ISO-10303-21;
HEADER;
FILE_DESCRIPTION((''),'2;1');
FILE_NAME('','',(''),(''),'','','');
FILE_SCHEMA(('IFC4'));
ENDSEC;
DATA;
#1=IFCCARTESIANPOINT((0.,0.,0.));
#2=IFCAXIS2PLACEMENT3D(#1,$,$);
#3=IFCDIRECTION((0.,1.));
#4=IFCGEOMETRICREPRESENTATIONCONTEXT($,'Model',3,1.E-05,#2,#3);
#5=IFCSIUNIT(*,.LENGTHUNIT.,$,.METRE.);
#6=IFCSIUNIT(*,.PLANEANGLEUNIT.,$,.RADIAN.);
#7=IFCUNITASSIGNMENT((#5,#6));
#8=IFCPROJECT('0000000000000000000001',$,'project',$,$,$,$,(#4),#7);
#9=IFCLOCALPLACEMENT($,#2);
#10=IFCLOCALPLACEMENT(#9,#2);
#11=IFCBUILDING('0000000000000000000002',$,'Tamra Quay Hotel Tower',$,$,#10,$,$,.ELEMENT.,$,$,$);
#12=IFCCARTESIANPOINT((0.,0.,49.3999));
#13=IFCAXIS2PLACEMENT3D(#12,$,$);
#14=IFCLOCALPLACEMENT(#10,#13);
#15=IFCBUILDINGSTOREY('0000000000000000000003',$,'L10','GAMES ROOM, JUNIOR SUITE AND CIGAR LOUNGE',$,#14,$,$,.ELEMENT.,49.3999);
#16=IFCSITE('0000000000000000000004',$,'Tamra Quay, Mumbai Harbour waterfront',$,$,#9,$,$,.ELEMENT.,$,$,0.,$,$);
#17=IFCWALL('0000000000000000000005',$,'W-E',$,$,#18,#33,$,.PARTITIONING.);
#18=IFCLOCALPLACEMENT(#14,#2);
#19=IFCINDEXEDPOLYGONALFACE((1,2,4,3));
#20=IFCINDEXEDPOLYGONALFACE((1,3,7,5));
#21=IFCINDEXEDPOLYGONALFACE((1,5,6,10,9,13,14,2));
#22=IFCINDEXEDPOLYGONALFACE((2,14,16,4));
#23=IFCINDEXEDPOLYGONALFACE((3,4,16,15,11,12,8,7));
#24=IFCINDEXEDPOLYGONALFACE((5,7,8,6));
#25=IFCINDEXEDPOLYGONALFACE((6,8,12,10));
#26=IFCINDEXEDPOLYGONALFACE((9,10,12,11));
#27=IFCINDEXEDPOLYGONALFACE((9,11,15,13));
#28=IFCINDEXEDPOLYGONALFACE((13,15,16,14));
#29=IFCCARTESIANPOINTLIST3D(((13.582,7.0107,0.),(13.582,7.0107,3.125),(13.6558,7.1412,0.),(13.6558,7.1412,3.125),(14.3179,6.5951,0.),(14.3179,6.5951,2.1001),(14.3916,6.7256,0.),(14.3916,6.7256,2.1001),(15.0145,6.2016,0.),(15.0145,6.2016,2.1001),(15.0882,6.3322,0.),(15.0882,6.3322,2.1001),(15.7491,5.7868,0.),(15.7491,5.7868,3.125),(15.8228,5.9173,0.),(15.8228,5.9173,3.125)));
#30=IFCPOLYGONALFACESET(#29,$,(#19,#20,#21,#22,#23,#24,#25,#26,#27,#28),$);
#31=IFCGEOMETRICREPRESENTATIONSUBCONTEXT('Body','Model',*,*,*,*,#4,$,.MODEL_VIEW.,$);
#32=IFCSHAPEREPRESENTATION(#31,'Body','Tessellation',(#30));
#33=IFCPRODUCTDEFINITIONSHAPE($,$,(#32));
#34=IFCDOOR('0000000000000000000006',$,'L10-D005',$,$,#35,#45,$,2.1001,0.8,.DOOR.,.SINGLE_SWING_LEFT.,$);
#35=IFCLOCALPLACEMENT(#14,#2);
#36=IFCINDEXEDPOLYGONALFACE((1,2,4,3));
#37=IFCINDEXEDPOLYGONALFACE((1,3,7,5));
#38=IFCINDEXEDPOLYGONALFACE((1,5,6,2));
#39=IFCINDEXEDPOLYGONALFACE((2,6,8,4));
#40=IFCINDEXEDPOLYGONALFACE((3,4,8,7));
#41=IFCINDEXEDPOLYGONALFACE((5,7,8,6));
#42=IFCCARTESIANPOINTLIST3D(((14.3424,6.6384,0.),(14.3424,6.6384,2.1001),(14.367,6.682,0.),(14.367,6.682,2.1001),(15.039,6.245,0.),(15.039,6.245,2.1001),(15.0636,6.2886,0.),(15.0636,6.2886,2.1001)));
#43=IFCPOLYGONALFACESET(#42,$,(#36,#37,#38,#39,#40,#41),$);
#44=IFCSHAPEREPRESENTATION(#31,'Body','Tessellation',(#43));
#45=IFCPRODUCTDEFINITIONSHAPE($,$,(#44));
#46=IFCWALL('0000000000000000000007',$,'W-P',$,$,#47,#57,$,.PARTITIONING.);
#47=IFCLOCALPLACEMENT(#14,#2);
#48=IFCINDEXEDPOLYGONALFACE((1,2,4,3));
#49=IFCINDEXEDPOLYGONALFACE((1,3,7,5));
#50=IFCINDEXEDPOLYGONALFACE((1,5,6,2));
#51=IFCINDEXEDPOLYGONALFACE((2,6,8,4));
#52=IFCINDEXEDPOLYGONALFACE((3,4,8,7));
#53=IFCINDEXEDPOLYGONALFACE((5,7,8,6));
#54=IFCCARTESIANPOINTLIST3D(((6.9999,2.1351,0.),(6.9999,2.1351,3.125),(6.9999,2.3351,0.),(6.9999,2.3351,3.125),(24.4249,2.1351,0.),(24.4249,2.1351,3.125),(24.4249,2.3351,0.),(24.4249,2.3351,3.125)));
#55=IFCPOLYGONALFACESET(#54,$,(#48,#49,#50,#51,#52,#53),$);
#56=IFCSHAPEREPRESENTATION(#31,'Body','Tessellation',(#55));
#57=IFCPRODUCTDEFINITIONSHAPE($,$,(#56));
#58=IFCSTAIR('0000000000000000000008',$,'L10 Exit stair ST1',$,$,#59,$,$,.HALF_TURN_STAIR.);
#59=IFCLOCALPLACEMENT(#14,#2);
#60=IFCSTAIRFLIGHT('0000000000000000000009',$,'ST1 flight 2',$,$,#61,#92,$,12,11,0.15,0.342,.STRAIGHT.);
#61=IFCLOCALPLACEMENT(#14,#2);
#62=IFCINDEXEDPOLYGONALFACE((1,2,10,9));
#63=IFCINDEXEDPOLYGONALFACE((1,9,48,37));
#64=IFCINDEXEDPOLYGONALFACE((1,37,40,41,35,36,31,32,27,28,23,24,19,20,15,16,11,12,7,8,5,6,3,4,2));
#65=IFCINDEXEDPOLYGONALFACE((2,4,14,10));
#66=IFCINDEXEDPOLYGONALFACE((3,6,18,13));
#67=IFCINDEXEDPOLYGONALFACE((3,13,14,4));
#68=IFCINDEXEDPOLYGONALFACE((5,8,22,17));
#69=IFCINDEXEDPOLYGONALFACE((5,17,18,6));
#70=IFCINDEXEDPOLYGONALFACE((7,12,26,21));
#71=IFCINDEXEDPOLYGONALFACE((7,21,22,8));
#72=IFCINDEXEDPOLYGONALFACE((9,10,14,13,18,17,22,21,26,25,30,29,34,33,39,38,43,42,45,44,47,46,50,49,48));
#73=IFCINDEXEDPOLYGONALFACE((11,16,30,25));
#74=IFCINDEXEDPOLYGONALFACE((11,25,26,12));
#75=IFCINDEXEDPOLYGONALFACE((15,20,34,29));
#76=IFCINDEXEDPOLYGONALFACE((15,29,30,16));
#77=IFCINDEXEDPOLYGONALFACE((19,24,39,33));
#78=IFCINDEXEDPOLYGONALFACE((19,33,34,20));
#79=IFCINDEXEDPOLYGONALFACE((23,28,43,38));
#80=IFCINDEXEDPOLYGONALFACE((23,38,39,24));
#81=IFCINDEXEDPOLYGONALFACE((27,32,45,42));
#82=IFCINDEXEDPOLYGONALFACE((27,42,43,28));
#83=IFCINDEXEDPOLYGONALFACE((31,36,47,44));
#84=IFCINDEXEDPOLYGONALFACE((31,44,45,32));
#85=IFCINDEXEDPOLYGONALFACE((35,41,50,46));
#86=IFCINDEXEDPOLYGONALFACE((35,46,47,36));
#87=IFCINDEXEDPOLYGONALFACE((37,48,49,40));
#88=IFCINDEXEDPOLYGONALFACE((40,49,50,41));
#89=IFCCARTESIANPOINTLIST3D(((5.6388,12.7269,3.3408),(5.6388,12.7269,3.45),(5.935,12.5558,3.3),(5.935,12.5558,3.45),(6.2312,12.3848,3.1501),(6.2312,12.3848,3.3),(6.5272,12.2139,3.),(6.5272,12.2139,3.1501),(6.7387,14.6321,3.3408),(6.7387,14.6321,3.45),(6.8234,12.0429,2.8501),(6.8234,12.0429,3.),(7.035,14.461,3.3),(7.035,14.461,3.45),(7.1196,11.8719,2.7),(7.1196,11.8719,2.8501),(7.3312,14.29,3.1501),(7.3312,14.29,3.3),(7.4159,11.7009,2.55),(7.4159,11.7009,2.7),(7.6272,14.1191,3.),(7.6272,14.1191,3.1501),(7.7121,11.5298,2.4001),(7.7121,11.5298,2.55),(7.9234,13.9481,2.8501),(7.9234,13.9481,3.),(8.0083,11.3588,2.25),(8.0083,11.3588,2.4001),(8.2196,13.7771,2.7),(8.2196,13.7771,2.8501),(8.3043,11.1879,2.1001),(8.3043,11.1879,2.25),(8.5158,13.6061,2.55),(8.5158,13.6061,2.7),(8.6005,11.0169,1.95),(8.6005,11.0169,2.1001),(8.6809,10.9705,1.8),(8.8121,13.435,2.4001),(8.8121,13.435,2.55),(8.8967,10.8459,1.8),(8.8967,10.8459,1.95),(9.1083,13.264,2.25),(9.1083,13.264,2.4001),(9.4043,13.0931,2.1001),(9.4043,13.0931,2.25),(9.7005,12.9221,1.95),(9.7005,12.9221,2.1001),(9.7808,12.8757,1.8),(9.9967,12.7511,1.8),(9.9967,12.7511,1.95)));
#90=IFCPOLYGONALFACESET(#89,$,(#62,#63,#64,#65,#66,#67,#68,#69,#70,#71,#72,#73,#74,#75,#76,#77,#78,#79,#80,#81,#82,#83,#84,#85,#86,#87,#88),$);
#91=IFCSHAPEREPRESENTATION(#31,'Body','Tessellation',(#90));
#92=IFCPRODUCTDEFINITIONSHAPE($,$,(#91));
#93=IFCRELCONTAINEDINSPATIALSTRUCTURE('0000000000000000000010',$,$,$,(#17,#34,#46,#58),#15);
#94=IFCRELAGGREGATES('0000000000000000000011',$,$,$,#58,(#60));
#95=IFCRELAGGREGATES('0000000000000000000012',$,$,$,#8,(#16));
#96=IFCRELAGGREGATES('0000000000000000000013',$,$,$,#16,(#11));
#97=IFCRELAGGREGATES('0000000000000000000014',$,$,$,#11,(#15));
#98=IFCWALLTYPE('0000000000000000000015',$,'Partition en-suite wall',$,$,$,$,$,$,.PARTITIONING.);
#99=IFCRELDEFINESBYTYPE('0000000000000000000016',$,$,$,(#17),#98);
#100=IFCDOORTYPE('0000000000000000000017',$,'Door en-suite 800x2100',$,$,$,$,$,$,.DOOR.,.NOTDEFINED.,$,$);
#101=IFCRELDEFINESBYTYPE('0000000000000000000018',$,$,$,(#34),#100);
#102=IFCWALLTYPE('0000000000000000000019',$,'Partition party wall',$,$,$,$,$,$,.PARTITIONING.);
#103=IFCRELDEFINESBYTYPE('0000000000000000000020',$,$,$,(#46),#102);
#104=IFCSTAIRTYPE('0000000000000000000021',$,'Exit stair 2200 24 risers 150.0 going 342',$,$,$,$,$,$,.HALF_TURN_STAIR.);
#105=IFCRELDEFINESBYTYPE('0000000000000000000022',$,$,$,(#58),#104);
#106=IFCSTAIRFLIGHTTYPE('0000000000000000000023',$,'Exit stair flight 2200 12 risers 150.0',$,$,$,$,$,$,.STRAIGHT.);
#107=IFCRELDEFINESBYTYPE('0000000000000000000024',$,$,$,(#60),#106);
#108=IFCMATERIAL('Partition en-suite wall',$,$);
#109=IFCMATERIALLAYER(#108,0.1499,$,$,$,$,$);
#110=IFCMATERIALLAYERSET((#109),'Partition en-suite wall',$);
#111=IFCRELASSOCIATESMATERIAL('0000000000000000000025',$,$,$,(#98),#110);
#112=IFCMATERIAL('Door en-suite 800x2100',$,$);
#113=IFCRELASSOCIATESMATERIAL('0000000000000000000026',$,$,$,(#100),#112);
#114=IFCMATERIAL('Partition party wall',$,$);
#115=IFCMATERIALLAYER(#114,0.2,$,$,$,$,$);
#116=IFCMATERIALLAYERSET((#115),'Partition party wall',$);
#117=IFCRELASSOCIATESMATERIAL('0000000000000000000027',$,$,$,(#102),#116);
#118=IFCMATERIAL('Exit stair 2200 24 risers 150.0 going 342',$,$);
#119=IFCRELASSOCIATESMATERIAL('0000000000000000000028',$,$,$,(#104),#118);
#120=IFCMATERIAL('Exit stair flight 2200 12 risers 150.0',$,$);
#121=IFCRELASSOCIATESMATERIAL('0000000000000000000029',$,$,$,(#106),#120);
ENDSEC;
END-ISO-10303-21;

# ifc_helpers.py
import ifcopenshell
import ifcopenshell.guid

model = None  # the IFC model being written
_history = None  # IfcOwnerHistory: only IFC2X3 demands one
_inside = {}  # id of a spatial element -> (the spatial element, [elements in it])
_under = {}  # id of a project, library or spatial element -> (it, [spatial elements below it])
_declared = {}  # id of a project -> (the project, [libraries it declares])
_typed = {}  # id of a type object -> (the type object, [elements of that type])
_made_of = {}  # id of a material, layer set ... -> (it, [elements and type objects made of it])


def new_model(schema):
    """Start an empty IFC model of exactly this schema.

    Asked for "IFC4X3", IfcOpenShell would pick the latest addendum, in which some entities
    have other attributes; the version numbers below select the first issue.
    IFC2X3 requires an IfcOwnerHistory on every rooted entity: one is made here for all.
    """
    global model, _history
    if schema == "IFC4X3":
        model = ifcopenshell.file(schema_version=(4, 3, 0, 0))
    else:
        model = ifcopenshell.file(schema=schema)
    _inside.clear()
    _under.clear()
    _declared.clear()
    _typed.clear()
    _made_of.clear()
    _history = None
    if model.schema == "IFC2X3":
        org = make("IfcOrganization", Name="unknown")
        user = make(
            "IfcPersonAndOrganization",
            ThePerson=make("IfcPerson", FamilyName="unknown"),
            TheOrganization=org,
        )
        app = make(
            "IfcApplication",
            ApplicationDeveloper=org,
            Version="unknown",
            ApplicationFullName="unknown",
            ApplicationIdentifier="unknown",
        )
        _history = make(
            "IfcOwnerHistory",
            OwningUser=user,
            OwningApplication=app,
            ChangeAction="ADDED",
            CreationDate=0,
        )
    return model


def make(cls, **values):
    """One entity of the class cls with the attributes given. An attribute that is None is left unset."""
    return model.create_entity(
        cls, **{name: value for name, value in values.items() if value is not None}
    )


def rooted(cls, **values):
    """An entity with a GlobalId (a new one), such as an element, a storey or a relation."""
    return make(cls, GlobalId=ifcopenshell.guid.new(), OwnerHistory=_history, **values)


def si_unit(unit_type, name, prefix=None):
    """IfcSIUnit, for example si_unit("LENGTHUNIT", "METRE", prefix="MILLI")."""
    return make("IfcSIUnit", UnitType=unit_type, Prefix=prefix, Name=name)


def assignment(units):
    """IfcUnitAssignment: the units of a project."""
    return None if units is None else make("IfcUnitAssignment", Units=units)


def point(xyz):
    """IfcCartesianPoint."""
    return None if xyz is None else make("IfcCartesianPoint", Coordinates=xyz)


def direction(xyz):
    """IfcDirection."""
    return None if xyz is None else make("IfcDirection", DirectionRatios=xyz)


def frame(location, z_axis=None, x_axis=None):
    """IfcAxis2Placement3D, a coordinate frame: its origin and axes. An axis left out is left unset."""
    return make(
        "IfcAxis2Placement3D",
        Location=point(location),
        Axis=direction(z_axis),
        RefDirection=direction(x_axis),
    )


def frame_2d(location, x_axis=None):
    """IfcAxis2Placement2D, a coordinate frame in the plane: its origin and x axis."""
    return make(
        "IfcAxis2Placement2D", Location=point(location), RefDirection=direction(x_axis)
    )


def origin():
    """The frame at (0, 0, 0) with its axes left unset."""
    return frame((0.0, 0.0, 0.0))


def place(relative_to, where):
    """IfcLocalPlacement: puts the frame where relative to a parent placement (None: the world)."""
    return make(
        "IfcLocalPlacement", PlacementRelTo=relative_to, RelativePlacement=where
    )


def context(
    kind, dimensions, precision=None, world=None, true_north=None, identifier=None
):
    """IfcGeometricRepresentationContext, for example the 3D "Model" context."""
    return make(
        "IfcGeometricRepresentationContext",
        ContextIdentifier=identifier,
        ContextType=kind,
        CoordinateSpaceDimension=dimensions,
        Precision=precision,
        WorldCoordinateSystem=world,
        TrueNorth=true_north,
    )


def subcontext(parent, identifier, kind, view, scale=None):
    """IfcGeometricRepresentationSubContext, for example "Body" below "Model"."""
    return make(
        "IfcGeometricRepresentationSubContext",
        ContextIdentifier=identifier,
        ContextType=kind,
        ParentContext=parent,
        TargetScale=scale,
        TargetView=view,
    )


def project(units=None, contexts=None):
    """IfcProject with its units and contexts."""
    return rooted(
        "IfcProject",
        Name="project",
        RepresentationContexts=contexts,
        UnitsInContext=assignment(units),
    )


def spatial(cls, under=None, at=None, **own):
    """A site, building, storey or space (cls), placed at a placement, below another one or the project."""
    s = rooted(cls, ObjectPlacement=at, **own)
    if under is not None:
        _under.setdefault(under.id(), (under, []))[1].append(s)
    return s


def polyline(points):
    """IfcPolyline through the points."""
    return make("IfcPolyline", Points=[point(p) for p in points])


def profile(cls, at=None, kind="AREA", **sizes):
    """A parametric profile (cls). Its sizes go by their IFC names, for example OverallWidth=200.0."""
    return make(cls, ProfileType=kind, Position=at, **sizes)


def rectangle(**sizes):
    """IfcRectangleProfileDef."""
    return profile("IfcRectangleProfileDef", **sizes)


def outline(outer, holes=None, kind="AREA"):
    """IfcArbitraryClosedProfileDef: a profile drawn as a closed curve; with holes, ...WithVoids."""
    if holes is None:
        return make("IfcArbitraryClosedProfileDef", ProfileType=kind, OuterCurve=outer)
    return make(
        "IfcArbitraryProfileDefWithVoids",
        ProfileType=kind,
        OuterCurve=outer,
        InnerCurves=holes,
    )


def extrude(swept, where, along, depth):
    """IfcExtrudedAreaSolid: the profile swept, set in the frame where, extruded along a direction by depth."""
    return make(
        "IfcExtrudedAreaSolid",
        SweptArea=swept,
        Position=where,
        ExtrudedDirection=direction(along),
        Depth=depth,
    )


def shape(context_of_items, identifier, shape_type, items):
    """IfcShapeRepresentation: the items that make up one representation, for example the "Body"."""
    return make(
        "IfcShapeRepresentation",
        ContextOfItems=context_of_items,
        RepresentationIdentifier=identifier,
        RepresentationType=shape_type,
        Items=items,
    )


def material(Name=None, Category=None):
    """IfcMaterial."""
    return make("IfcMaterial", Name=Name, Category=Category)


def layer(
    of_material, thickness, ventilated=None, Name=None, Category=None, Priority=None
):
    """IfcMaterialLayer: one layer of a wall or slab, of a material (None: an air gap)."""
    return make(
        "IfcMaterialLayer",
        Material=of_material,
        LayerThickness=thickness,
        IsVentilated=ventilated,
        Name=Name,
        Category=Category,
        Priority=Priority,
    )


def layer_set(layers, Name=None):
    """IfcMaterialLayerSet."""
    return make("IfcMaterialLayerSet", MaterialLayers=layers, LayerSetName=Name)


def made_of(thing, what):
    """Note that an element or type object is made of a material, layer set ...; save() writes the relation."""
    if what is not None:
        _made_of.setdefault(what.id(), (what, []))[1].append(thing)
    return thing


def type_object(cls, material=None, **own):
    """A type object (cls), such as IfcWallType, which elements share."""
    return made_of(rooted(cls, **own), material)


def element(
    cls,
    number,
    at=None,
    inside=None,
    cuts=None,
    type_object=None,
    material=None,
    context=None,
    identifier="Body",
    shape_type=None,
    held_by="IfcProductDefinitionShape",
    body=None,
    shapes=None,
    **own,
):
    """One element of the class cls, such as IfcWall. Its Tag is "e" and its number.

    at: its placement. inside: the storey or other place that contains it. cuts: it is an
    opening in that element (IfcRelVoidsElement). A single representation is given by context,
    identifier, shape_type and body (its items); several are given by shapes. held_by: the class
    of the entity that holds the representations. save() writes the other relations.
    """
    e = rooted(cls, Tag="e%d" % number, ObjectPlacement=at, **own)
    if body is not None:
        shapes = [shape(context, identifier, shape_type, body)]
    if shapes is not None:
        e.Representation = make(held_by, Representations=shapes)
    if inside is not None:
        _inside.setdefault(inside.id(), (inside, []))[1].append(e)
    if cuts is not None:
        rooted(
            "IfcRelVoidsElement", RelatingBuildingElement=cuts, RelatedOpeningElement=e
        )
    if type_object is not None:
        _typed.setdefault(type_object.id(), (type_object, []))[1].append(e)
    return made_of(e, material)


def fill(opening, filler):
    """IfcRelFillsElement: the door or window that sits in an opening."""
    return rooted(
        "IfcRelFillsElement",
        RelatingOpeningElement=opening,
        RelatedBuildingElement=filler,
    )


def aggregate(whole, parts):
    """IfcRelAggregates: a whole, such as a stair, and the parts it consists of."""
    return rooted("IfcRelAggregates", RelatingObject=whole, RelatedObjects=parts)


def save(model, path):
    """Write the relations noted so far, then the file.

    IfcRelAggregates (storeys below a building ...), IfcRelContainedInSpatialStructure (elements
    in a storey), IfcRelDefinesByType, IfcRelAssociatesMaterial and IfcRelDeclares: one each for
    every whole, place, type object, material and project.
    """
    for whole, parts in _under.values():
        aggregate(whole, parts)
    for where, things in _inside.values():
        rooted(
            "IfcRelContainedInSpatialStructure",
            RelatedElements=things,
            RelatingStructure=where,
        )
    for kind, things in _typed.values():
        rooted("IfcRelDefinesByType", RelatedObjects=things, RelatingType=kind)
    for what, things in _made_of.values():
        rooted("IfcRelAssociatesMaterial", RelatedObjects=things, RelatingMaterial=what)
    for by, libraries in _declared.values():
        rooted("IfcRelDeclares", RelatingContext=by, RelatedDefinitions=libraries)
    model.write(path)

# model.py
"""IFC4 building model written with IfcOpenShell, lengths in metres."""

from ifc_helpers import new_model, si_unit, direction, frame, frame_2d, origin, place, context, subcontext, project, spatial, polyline, rectangle, outline, extrude, material, layer, layer_set, type_object, element, fill, aggregate, save


model = new_model("IFC4")

# Units and contexts
model_context = context("Model", 3, precision=1e-05, world=origin(), true_north=direction((0.0, 1.0)))
body_context = subcontext(model_context, "Body", "Model", "MODEL_VIEW")
ifc_project = project(units=[si_unit("LENGTHUNIT", "METRE"), si_unit("PLANEANGLEUNIT", "RADIAN")], contexts=[model_context])

# Site, building, storey
site_placement = place(None, origin())
site = spatial("IfcSite", under=ifc_project, at=site_placement, Name="Tamra Quay, Mumbai Harbour waterfront", CompositionType="ELEMENT", RefElevation=0.0)
building_placement = place(site_placement, origin())
building = spatial("IfcBuilding", under=site, at=building_placement, Name="Tamra Quay Hotel Tower", CompositionType="ELEMENT")
storey_placement = place(building_placement, frame((0.0, 0.0, 49.3999)))
storey = spatial("IfcBuildingStorey", under=building, at=storey_placement, Name="L10", Description="GAMES ROOM, JUNIOR SUITE AND CIGAR LOUNGE", CompositionType="ELEMENT", Elevation=49.3999)

# Shared definitions
ifc_material_1 = material(Name="Partition en-suite wall")
ifc_layer_1 = layer(ifc_material_1, 0.1499)
ifc_layer_set_1 = layer_set([ifc_layer_1], Name="Partition en-suite wall")
wall_type_1 = type_object("IfcWallType", Name="Partition en-suite wall", PredefinedType="PARTITIONING", material=ifc_layer_set_1)

# Wall, opening, door
wall_1_placement = place(storey_placement, frame((13.6189, 7.0759, 0.0), z_axis=(0.0, 0.0, 1.0), x_axis=(0.870725, -0.49177, 0.0)))
wall_1 = element("IfcWall", 1, at=wall_1_placement, inside=storey, type_object=wall_type_1, Name="W-E", PredefinedType="PARTITIONING", context=body_context, shape_type="SweptSolid", body=[
    extrude(rectangle(XDim=2.4888, YDim=0.1499, at=frame_2d((1.2444, 0.0))), origin(), (0.0, 0.0, 1.0), 3.125),
])
opening_1_placement = place(wall_1_placement, frame((0.8452, 0.0, 0.0)))
opening_1 = element("IfcOpeningElement", 2, at=opening_1_placement, cuts=wall_1, PredefinedType="OPENING", context=body_context, shape_type="SweptSolid", body=[
    extrude(rectangle(XDim=0.8, YDim=2.1001, at=frame_2d((0.3999, 1.05))), frame((0.0, 0.085, 0.0), z_axis=(0.0, -1.0, 0.0), x_axis=(1.0, 0.0, 0.0)), (0.0, 0.0, 1.0), 0.1699),
])
ifc_material_2 = material(Name="Door en-suite 800x2100")
door_type_1 = type_object("IfcDoorType", Name="Door en-suite 800x2100", OperationType="NOTDEFINED", PredefinedType="DOOR", material=ifc_material_2)
door_1_placement = place(opening_1_placement, origin())
door_1 = element("IfcDoor", 3, at=door_1_placement, inside=storey, type_object=door_type_1, Name="L10-D005", OperationType="SINGLE_SWING_LEFT", OverallHeight=2.1001, OverallWidth=0.8, PredefinedType="DOOR", context=body_context, shape_type="SweptSolid", body=[
    extrude(rectangle(XDim=0.8, YDim=2.1001, at=frame_2d((0.3999, 1.05))), frame((0.0, 0.0249, 0.0), z_axis=(0.0, -1.0, 0.0), x_axis=(1.0, 0.0, 0.0)), (0.0, 0.0, 1.0), 0.05),
])
fill(opening_1, door_1)

# Wall
ifc_material_3 = material(Name="Partition party wall")
ifc_layer_2 = layer(ifc_material_3, 0.2)
ifc_layer_set_2 = layer_set([ifc_layer_2], Name="Partition party wall")
wall_type_2 = type_object("IfcWallType", Name="Partition party wall", PredefinedType="PARTITIONING", material=ifc_layer_set_2)
wall_2_placement = place(storey_placement, frame((7.0, 2.2351, 0.0), z_axis=(0.0, 0.0, 1.0), x_axis=(1.0, 0.0, 0.0)))
element("IfcWall", 4, at=wall_2_placement, inside=storey, type_object=wall_type_2, Name="W-P", PredefinedType="PARTITIONING", context=body_context, shape_type="SweptSolid", body=[
    extrude(rectangle(XDim=17.425, YDim=0.2, at=frame_2d((8.7124, 0.0))), origin(), (0.0, 0.0, 1.0), 3.125),
])

# Stair, stair flight
ifc_material_4 = material(Name="Exit stair 2200 24 risers 150.0 going 342")
stair_type = type_object("IfcStairType", Name="Exit stair 2200 24 risers 150.0 going 342", PredefinedType="HALF_TURN_STAIR", material=ifc_material_4)
stair_placement = place(storey_placement, origin())
stair = element("IfcStair", 5, at=stair_placement, inside=storey, type_object=stair_type, Name="L10 Exit stair ST1", PredefinedType="HALF_TURN_STAIR")
ifc_material_5 = material(Name="Exit stair flight 2200 12 risers 150.0")
stair_flight_type = type_object("IfcStairFlightType", Name="Exit stair flight 2200 12 risers 150.0", PredefinedType="STRAIGHT", material=ifc_material_5)
stair_flight_placement = place(storey_placement, frame((9.4468, 11.7986, 1.8), z_axis=(0.0, 0.0, 1.0), x_axis=(-0.866025, 0.5, 0.0)))
stair_flight = element("IfcStairFlight", 6, at=stair_flight_placement, type_object=stair_flight_type, Name="ST1 flight 2", NumberOfRisers=12, NumberOfTreads=11, PredefinedType="STRAIGHT", RiserHeight=0.15, TreadLength=0.342, context=body_context, shape_type="SweptSolid", body=[
    extrude(outline(polyline([(0.0, 0.0), (0.0, 0.1499), (0.342, 0.1499), (0.342, 0.3), (0.6841, 0.3), (0.6841, 0.45), (1.0259, 0.45), (1.0259, 0.6001), (1.3679, 0.6001), (1.3679, 0.75), (1.71, 0.75), (1.71, 0.8999), (2.052, 0.8999), (2.052, 1.05), (2.394, 1.05), (2.394, 1.2), (2.7361, 1.2), (2.7361, 1.3501), (3.0779, 1.3501), (3.0779, 1.5), (3.4199, 1.5), (3.4199, 1.6499), (3.762, 1.6499), (3.762, 1.8), (3.762, 1.5408), (0.2493, 0.0), (0.0, 0.0)])), frame((0.0, 1.1001, 0.0), z_axis=(0.0, -1.0, 0.0), x_axis=(1.0, 0.0, 0.0)), (0.0, 0.0, 1.0), 2.2),
])
aggregate(stair, [stair_flight])

save(model, "model.ifc")
